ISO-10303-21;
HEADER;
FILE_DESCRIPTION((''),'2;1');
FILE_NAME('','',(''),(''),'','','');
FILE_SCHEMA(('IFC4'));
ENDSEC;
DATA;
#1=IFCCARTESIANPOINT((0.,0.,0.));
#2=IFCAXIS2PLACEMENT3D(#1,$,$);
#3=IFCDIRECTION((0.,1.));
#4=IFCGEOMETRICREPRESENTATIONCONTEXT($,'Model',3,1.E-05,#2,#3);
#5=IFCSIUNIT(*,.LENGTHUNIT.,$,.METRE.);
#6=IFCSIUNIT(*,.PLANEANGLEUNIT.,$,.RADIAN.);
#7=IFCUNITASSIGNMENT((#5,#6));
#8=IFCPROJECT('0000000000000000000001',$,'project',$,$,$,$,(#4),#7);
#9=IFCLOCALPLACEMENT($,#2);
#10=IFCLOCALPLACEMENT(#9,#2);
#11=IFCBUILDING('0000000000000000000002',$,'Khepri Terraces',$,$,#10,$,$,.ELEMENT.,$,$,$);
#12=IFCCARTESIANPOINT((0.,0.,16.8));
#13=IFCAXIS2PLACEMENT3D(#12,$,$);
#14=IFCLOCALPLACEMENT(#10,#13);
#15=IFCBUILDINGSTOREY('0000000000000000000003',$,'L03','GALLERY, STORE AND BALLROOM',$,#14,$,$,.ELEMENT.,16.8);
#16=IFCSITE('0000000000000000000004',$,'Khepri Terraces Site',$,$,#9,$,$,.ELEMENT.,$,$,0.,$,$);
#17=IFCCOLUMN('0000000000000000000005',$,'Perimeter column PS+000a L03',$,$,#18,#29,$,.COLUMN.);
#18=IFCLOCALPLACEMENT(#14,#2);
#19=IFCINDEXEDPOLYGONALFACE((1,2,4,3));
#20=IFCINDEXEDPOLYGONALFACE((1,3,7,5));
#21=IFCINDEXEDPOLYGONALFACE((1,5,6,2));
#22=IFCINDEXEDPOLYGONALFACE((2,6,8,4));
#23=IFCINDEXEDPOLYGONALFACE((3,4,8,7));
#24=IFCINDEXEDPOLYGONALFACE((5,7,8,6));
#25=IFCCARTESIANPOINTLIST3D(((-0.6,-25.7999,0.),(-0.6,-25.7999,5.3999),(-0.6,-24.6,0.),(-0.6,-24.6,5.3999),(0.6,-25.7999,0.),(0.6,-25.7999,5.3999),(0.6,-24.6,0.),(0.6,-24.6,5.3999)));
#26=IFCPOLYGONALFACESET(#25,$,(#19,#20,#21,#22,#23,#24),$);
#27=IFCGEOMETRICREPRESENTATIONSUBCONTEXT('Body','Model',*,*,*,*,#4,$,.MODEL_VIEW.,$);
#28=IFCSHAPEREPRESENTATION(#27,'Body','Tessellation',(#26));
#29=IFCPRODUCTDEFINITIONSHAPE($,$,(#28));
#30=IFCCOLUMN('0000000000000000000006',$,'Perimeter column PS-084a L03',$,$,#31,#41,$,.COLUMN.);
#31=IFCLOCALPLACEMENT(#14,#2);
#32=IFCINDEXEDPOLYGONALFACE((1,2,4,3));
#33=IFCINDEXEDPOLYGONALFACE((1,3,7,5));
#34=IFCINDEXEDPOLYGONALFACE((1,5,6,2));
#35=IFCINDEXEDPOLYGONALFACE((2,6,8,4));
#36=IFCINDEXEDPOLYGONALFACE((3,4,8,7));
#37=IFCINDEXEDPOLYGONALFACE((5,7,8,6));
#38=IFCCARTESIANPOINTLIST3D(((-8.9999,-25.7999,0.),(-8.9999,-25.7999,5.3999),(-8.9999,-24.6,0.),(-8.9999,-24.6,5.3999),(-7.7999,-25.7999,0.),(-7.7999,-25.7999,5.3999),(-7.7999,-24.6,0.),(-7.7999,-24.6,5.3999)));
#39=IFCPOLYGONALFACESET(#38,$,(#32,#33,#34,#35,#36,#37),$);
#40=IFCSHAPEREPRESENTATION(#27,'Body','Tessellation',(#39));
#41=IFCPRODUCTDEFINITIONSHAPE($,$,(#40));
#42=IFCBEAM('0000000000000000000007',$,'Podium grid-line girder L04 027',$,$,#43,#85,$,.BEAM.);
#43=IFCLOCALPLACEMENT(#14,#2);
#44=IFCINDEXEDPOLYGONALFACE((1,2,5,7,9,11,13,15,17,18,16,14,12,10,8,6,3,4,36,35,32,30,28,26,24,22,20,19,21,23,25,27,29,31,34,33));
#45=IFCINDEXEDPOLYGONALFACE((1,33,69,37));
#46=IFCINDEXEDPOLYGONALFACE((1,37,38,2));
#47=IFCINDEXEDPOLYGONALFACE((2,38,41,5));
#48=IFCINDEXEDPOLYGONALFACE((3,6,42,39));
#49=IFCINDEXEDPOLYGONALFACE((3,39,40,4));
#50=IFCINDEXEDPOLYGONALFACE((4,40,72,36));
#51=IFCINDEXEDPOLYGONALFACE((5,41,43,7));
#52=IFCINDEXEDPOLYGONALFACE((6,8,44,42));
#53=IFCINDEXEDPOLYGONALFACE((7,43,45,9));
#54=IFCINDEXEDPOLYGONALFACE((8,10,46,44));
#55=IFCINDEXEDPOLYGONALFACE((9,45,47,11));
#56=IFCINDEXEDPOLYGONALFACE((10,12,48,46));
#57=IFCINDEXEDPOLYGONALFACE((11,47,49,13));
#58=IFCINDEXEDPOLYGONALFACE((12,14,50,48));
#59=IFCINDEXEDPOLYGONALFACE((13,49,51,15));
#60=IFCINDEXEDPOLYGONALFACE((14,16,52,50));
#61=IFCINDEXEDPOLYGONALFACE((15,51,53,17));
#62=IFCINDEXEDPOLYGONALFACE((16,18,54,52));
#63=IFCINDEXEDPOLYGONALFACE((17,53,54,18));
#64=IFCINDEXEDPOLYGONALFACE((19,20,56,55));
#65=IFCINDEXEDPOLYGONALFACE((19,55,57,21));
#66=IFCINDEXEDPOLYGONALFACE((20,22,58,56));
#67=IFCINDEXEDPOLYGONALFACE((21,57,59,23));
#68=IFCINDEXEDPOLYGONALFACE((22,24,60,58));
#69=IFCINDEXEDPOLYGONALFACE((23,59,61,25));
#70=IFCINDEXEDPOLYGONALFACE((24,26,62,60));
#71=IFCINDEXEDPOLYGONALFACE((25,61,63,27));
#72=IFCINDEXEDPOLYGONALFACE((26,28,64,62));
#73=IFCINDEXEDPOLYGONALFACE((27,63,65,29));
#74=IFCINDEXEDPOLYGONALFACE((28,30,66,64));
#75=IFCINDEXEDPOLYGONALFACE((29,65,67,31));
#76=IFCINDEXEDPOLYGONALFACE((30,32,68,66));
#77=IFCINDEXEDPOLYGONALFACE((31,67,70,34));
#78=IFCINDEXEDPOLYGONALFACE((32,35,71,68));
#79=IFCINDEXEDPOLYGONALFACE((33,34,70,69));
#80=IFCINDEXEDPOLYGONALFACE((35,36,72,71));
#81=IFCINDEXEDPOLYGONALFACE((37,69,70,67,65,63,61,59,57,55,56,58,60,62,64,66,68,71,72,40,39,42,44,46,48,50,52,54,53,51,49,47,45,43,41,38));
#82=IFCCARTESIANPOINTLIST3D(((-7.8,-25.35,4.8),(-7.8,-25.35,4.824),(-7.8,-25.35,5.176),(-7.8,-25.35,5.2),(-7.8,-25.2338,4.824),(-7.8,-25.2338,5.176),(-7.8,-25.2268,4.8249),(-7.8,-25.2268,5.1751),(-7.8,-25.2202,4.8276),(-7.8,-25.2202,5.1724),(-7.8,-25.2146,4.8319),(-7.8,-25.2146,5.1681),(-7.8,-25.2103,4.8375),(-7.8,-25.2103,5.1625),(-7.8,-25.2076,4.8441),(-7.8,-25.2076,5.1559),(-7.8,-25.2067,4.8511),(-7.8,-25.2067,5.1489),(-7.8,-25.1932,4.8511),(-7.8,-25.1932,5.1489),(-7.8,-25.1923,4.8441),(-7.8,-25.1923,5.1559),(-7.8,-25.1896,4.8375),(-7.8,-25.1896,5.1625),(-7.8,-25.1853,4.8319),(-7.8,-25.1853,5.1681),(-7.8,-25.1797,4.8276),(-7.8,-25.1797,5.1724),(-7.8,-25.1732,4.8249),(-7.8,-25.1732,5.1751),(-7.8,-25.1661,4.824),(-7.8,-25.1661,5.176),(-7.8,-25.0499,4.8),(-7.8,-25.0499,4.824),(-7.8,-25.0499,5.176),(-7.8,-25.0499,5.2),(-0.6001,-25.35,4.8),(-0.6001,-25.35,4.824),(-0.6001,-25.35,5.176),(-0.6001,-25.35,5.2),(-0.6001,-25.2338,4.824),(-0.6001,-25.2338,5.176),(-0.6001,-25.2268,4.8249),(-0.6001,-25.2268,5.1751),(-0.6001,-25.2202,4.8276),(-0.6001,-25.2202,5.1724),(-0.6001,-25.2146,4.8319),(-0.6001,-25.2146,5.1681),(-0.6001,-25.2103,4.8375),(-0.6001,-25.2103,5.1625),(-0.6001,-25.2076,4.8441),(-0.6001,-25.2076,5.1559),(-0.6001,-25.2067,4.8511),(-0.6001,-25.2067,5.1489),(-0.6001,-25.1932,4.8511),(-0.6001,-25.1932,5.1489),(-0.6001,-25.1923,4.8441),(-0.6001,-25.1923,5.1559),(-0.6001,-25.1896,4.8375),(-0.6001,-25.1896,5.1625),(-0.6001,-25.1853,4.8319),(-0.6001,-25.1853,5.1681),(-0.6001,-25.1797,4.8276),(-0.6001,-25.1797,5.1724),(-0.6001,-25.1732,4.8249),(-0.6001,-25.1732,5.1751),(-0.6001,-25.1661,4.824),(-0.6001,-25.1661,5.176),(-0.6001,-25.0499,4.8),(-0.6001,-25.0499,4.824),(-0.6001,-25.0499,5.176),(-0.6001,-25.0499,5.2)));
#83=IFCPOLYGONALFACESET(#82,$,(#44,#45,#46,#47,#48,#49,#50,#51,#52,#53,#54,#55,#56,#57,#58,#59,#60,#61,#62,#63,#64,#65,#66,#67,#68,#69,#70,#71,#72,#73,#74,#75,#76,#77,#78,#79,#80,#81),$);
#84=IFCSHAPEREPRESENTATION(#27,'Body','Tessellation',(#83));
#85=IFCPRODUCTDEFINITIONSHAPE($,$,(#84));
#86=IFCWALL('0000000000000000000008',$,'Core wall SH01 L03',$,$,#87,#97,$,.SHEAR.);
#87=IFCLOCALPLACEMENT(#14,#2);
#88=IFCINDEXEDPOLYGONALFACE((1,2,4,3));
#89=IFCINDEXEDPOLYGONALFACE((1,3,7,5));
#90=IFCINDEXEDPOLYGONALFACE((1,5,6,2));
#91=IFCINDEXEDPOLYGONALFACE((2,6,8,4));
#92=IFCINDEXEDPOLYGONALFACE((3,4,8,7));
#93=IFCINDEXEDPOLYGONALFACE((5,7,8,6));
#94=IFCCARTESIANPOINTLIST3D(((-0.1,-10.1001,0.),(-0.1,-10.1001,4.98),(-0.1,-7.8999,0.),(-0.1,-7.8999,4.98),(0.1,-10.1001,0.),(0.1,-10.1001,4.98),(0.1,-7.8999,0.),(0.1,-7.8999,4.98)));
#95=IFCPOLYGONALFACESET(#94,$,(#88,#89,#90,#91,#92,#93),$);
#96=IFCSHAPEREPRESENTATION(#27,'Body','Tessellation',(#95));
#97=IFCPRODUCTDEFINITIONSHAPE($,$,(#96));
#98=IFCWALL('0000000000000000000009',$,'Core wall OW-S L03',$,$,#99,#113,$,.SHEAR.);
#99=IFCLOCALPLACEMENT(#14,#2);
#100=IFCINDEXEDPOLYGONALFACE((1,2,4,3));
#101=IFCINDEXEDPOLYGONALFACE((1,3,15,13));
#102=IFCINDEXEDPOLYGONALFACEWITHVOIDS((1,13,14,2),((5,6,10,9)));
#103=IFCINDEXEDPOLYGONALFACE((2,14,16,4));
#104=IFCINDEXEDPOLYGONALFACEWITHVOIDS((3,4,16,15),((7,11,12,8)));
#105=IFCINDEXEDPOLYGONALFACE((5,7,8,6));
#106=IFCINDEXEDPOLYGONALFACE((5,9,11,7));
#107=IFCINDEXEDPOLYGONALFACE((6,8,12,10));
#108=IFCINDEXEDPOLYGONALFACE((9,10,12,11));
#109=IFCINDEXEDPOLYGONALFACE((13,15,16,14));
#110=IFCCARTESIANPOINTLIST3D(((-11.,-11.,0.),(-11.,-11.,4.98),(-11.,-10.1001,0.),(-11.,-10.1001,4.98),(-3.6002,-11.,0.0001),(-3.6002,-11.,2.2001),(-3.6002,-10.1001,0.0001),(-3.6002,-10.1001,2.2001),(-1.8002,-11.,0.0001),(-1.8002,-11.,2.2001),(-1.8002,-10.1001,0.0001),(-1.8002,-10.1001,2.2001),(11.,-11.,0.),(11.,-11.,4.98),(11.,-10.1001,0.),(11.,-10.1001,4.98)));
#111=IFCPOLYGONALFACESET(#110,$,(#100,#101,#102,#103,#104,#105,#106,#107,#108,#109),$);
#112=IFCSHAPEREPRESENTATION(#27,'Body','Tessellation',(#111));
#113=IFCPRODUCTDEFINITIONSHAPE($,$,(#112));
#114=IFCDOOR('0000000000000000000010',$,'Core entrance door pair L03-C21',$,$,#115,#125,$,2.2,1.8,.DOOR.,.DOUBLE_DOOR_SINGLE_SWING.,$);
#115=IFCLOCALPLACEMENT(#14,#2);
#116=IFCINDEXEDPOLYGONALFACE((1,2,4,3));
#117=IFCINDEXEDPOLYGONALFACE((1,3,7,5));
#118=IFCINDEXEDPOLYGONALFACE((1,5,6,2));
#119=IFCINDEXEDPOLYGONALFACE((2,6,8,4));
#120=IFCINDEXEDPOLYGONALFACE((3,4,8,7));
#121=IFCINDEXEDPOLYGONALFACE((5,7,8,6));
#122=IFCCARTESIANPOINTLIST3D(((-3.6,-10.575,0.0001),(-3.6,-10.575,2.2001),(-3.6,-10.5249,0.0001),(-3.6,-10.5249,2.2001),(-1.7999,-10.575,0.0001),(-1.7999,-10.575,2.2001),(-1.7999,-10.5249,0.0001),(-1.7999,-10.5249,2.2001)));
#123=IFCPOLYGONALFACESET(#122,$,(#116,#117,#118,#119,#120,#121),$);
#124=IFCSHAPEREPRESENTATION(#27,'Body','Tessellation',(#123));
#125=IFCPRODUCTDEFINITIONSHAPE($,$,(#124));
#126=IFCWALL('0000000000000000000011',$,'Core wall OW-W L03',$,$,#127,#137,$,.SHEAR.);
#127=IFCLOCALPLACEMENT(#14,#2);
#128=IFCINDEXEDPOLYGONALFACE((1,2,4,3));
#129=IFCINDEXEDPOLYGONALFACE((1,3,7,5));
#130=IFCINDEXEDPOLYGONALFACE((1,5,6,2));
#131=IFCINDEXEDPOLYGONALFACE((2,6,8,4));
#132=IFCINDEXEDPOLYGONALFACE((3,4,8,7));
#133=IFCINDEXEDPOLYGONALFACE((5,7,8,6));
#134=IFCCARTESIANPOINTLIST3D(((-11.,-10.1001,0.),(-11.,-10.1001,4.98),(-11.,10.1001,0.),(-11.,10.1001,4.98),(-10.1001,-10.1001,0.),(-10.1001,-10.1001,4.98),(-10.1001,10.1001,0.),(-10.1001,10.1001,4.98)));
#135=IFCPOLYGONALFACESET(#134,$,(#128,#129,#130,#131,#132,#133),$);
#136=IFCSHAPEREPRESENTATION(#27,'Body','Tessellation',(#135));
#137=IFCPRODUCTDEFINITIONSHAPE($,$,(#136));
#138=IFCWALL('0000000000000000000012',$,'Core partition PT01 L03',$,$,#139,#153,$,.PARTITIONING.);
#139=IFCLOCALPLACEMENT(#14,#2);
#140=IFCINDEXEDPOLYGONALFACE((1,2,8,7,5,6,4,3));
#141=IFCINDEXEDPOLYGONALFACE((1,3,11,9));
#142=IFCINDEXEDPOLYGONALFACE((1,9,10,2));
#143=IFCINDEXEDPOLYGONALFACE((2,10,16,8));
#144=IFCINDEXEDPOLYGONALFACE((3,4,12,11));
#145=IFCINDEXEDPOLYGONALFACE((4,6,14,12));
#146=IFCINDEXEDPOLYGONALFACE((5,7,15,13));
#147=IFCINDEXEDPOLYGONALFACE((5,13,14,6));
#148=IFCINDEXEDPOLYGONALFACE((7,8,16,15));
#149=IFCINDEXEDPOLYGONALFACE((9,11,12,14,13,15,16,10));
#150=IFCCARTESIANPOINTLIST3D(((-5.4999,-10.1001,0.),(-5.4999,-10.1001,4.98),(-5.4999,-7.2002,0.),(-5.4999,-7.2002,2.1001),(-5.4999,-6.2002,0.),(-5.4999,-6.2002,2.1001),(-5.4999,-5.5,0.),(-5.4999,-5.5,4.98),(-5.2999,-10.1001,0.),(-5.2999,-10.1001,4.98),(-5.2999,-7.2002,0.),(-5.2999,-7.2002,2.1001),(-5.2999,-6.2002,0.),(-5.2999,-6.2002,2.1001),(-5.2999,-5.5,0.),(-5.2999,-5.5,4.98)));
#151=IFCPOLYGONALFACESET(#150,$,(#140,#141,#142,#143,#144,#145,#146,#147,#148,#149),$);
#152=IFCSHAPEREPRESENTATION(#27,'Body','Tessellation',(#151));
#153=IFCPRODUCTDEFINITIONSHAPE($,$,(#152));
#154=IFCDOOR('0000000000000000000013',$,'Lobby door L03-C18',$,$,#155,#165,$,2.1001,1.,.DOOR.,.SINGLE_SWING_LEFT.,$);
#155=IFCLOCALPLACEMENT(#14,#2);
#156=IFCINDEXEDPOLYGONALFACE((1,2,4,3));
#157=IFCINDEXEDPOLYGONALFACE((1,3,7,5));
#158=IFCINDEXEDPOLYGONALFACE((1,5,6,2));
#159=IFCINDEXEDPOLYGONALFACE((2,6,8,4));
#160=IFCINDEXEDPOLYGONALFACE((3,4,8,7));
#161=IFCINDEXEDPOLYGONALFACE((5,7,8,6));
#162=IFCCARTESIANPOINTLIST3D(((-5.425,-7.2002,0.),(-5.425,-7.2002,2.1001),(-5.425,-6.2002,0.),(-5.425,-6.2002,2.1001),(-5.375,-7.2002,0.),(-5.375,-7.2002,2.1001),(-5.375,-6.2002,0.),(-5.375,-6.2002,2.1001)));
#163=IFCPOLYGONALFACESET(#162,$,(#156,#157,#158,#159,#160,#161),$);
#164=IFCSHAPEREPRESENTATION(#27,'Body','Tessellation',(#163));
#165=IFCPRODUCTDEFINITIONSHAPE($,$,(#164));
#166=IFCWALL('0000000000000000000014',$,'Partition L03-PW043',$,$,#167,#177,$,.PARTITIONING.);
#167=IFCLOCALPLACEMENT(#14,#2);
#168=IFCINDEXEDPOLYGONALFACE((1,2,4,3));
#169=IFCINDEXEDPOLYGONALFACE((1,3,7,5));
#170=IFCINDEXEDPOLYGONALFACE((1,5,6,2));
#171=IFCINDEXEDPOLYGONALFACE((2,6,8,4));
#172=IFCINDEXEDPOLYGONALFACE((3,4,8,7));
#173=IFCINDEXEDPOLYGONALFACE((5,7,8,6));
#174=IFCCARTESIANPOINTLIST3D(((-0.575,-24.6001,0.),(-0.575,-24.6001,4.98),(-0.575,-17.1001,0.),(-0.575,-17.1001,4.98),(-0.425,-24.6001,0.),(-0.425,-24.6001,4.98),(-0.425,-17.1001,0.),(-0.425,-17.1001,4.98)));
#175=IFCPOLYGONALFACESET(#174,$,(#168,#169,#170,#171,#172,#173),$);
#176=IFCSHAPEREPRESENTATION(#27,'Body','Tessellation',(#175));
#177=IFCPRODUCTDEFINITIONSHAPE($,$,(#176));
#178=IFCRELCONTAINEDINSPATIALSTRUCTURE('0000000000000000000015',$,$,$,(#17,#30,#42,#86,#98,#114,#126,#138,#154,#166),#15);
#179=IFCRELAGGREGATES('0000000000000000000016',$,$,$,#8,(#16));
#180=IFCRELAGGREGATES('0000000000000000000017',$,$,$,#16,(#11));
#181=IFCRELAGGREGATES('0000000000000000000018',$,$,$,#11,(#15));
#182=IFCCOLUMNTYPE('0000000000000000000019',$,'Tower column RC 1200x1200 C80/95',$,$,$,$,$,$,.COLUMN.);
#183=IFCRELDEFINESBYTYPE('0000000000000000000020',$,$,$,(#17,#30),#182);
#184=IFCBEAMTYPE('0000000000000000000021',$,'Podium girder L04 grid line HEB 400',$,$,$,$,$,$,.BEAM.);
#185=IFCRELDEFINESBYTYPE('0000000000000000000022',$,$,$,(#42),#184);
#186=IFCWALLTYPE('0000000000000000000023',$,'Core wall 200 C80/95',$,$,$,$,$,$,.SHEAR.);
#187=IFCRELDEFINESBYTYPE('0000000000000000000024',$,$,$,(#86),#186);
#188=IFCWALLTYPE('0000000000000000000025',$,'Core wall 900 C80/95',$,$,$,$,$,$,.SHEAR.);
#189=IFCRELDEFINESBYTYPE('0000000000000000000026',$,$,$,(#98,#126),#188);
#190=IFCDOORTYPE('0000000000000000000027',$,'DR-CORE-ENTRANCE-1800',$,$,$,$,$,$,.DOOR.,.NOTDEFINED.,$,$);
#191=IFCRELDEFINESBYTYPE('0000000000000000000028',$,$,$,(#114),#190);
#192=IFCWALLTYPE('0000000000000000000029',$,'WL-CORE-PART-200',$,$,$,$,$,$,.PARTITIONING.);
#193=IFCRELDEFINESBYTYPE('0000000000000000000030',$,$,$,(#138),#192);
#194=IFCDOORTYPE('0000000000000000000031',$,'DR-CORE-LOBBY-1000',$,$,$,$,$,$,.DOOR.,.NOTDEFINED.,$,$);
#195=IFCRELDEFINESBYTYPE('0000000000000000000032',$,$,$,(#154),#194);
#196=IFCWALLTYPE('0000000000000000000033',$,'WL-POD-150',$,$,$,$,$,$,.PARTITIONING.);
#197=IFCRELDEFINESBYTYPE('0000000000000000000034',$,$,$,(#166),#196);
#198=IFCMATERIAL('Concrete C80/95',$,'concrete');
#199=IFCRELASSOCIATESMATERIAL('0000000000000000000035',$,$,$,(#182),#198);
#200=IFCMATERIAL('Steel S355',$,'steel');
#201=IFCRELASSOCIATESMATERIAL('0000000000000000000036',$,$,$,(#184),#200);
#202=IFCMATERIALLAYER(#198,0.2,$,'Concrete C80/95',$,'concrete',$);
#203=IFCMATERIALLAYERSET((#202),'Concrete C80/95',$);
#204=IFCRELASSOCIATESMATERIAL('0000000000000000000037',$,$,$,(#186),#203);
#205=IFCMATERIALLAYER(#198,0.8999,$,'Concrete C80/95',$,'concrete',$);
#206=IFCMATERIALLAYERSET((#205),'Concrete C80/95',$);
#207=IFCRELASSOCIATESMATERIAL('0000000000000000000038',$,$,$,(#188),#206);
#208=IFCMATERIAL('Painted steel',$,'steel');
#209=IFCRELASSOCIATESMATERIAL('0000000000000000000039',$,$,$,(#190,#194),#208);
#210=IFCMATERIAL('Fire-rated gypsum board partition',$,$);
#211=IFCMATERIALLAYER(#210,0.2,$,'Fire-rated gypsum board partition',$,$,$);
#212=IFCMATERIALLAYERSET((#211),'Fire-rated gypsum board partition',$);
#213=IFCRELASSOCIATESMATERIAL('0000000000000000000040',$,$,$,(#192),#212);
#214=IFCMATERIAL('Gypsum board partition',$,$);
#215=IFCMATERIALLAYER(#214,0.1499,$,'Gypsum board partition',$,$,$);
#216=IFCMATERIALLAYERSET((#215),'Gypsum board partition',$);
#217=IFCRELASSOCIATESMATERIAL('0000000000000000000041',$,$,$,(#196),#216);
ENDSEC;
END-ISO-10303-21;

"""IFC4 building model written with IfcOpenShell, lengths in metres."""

from ifc_helpers import new_model, si_unit, direction, frame, frame_2d, origin, origin_2d, place, context, subcontext, project, spatial, rectangle, i_section, extrude, material, layer, layer_set, material_profile, profile_set, type_object, element, fill, save


model = new_model("IFC4")

# Units and contexts
model_context = context("Model", 3, precision=1e-05, world=origin(), true_north=direction((0.0, 1.0)))
body_context = subcontext(model_context, "Body", "Model", "MODEL_VIEW")
ifc_project = project(units=[si_unit("LENGTHUNIT", "METRE"), si_unit("PLANEANGLEUNIT", "RADIAN")], contexts=[model_context])

# Site, building, storey
site_placement = place(None, origin())
site = spatial("IfcSite", under=ifc_project, at=site_placement, Name="Khepri Terraces Site", CompositionType="ELEMENT", RefElevation=0.0)
building_placement = place(site_placement, origin())
building = spatial("IfcBuilding", under=site, at=building_placement, Name="Khepri Terraces", CompositionType="ELEMENT")
storey_placement = place(building_placement, frame((0.0, 0.0, 16.8)))
storey = spatial("IfcBuildingStorey", under=building, at=storey_placement, Name="L03", Description="GALLERY, STORE AND BALLROOM", CompositionType="ELEMENT", Elevation=16.8)

# Columns
ifc_material_1 = material(Name="Concrete C80/95", Category="concrete")
ifc_material_profile_1 = material_profile(ifc_material_1, rectangle(XDim=1.2, YDim=1.2, at=origin_2d()), Name="Concrete C80/95", Category="concrete")
ifc_profile_set_1 = profile_set([ifc_material_profile_1], Name="Concrete C80/95")
column_type = type_object("IfcColumnType", Name="Tower column RC 1200x1200 C80/95", PredefinedType="COLUMN", material=ifc_profile_set_1)
for number, where, z_axis, x_axis, name in (
    (1, (0.0, -25.2, 0.0), (0.0, 0.0, 1.0), (1.0, 0.0, 0.0), "Perimeter column PS+000a L03"),
    (2, (-8.3999, -25.2, 0.0), (0.0, 0.0, 1.0), (1.0, 0.0, 0.0), "Perimeter column PS-084a L03"),
):
    element("IfcColumn", number, at=place(storey_placement, frame(where, z_axis=z_axis, x_axis=x_axis)), inside=storey, type_object=column_type, Name=name, PredefinedType="COLUMN", context=body_context, shape_type="SweptSolid", body=[
        extrude(rectangle(XDim=1.2, YDim=1.2, at=origin_2d()), origin(), (0.0, 0.0, 1.0), 5.3999),
    ])

# Beam
ifc_material_2 = material(Name="Steel S355", Category="steel")
ifc_material_profile_2 = material_profile(ifc_material_2, i_section(OverallWidth=0.3, OverallDepth=0.3999, WebThickness=0.0134, FlangeThickness=0.0239, FilletRadius=0.0271, at=origin_2d()), Name="Steel S355", Category="steel")
ifc_profile_set_2 = profile_set([ifc_material_profile_2], Name="Steel S355")
beam_type = type_object("IfcBeamType", Name="Podium girder L04 grid line HEB 400", PredefinedType="BEAM", material=ifc_profile_set_2)
beam_placement = place(storey_placement, frame((-7.8, -25.2, 5.0), z_axis=(1.0, 0.0, 0.0), x_axis=(0.0, 1.0, 0.0)))
element("IfcBeam", 3, at=beam_placement, inside=storey, type_object=beam_type, Name="Podium grid-line girder L04 027", PredefinedType="BEAM", context=body_context, shape_type="SweptSolid", body=[
    extrude(i_section(OverallWidth=0.3, OverallDepth=0.3999, WebThickness=0.0134, FlangeThickness=0.0239, FilletRadius=0.0271, at=origin_2d()), origin(), (0.0, 0.0, 1.0), 7.2),
])

# Wall
ifc_layer_1 = layer(ifc_material_1, 0.2, Name="Concrete C80/95", Category="concrete")
ifc_layer_set_1 = layer_set([ifc_layer_1], Name="Concrete C80/95")
wall_type_1 = type_object("IfcWallType", Name="Core wall 200 C80/95", PredefinedType="SHEAR", material=ifc_layer_set_1)
wall_1_placement = place(storey_placement, frame((0.0, -10.1001, 0.0), z_axis=(0.0, 0.0, 1.0), x_axis=(0.0, 1.0, 0.0)))
element("IfcWall", 4, at=wall_1_placement, inside=storey, type_object=wall_type_1, Name="Core wall SH01 L03", PredefinedType="SHEAR", context=body_context, shape_type="SweptSolid", body=[
    extrude(rectangle(XDim=2.2002, YDim=0.2, at=frame_2d((1.1001, 0.0))), origin(), (0.0, 0.0, 1.0), 4.98),
])

# Wall, opening, door
ifc_layer_2 = layer(ifc_material_1, 0.8999, Name="Concrete C80/95", Category="concrete")
ifc_layer_set_2 = layer_set([ifc_layer_2], Name="Concrete C80/95")
wall_type_2 = type_object("IfcWallType", Name="Core wall 900 C80/95", PredefinedType="SHEAR", material=ifc_layer_set_2)
wall_2_placement = place(storey_placement, frame((-11.0, -10.55, 0.0), z_axis=(0.0, 0.0, 1.0), x_axis=(1.0, 0.0, 0.0)))
wall_2 = element("IfcWall", 5, at=wall_2_placement, inside=storey, type_object=wall_type_2, Name="Core wall OW-S L03", PredefinedType="SHEAR", context=body_context, shape_type="SweptSolid", body=[
    extrude(rectangle(XDim=22.0, YDim=0.8999, at=frame_2d((11.0, 0.0))), origin(), (0.0, 0.0, 1.0), 4.98),
])
opening_1_placement = place(wall_2_placement, frame((7.3999, 0.0, 0.0)))
opening_1 = element("IfcOpeningElement", 6, at=opening_1_placement, cuts=wall_2, PredefinedType="OPENING", context=body_context, shape_type="SweptSolid", body=[
    extrude(rectangle(XDim=1.8, YDim=2.2, at=frame_2d((0.8999, 1.1001))), frame((0.0, 0.46, 0.0), z_axis=(0.0, -1.0, 0.0), x_axis=(1.0, 0.0, 0.0)), (0.0, 0.0, 1.0), 0.9199),
])
ifc_material_3 = material(Name="Painted steel", Category="steel")
door_type_1 = type_object("IfcDoorType", Name="DR-CORE-ENTRANCE-1800", OperationType="NOTDEFINED", PredefinedType="DOOR", material=ifc_material_3)
door_1_placement = place(opening_1_placement, frame((1.8, 0.0, 0.0), z_axis=(0.0, 0.0, 1.0), x_axis=(-1.0, 0.0, 0.0)))
door_1 = element("IfcDoor", 7, at=door_1_placement, inside=storey, type_object=door_type_1, Name="Core entrance door pair L03-C21", OperationType="DOUBLE_DOOR_SINGLE_SWING", OverallHeight=2.2, OverallWidth=1.8, PredefinedType="DOOR", context=body_context, shape_type="SweptSolid", body=[
    extrude(rectangle(XDim=1.8, YDim=2.2, at=frame_2d((0.8999, 1.1001))), frame((0.0, 0.0249, 0.0), z_axis=(0.0, -1.0, 0.0), x_axis=(1.0, 0.0, 0.0)), (0.0, 0.0, 1.0), 0.05),
])
fill(opening_1, door_1)

# Wall
wall_3_placement = place(storey_placement, frame((-10.55, -10.1001, 0.0), z_axis=(0.0, 0.0, 1.0), x_axis=(0.0, 1.0, 0.0)))
element("IfcWall", 8, at=wall_3_placement, inside=storey, type_object=wall_type_2, Name="Core wall OW-W L03", PredefinedType="SHEAR", context=body_context, shape_type="SweptSolid", body=[
    extrude(rectangle(XDim=20.2002, YDim=0.8999, at=frame_2d((10.1001, 0.0))), origin(), (0.0, 0.0, 1.0), 4.98),
])

# Wall, opening, door
ifc_material_4 = material(Name="Fire-rated gypsum board partition")
ifc_layer_3 = layer(ifc_material_4, 0.2, Name="Fire-rated gypsum board partition")
ifc_layer_set_3 = layer_set([ifc_layer_3], Name="Fire-rated gypsum board partition")
wall_type_3 = type_object("IfcWallType", Name="WL-CORE-PART-200", PredefinedType="PARTITIONING", material=ifc_layer_set_3)
wall_4_placement = place(storey_placement, frame((-5.3999, -10.1001, 0.0), z_axis=(0.0, 0.0, 1.0), x_axis=(0.0, 1.0, 0.0)))
wall_4 = element("IfcWall", 9, at=wall_4_placement, inside=storey, type_object=wall_type_3, Name="Core partition PT01 L03", PredefinedType="PARTITIONING", context=body_context, shape_type="SweptSolid", body=[
    extrude(rectangle(XDim=4.6001, YDim=0.2, at=frame_2d((2.3, 0.0))), origin(), (0.0, 0.0, 1.0), 4.98),
])
opening_2_placement = place(wall_4_placement, frame((2.8999, 0.0, 0.0)))
opening_2 = element("IfcOpeningElement", 10, at=opening_2_placement, cuts=wall_4, PredefinedType="OPENING", context=body_context, shape_type="SweptSolid", body=[
    extrude(rectangle(XDim=1.0, YDim=2.1001, at=frame_2d((0.5, 1.05))), frame((0.0, 0.1099, 0.0), z_axis=(0.0, -1.0, 0.0), x_axis=(1.0, 0.0, 0.0)), (0.0, 0.0, 1.0), 0.22),
])
door_type_2 = type_object("IfcDoorType", Name="DR-CORE-LOBBY-1000", OperationType="NOTDEFINED", PredefinedType="DOOR", material=ifc_material_3)
door_2_placement = place(opening_2_placement, frame((1.0, 0.0, 0.0), z_axis=(0.0, 0.0, 1.0), x_axis=(-1.0, 0.0, 0.0)))
door_2 = element("IfcDoor", 11, at=door_2_placement, inside=storey, type_object=door_type_2, Name="Lobby door L03-C18", OperationType="SINGLE_SWING_LEFT", OverallHeight=2.1001, OverallWidth=1.0, PredefinedType="DOOR", context=body_context, shape_type="SweptSolid", body=[
    extrude(rectangle(XDim=1.0, YDim=2.1001, at=frame_2d((0.5, 1.05))), frame((0.0, 0.0249, 0.0), z_axis=(0.0, -1.0, 0.0), x_axis=(1.0, 0.0, 0.0)), (0.0, 0.0, 1.0), 0.05),
])
fill(opening_2, door_2)

# Wall
ifc_material_5 = material(Name="Gypsum board partition")
ifc_layer_4 = layer(ifc_material_5, 0.1499, Name="Gypsum board partition")
ifc_layer_set_4 = layer_set([ifc_layer_4], Name="Gypsum board partition")
wall_type_4 = type_object("IfcWallType", Name="WL-POD-150", PredefinedType="PARTITIONING", material=ifc_layer_set_4)
wall_5_placement = place(storey_placement, frame((-0.5, -24.6001, 0.0), z_axis=(0.0, 0.0, 1.0), x_axis=(0.0, 1.0, 0.0)))
element("IfcWall", 12, at=wall_5_placement, inside=storey, type_object=wall_type_4, Name="Partition L03-PW043", PredefinedType="PARTITIONING", context=body_context, shape_type="SweptSolid", body=[
    extrude(rectangle(XDim=7.5, YDim=0.1499, at=frame_2d((3.75, 0.0))), origin(), (0.0, 0.0, 1.0), 4.98),
])

save(model, "model.ifc")
